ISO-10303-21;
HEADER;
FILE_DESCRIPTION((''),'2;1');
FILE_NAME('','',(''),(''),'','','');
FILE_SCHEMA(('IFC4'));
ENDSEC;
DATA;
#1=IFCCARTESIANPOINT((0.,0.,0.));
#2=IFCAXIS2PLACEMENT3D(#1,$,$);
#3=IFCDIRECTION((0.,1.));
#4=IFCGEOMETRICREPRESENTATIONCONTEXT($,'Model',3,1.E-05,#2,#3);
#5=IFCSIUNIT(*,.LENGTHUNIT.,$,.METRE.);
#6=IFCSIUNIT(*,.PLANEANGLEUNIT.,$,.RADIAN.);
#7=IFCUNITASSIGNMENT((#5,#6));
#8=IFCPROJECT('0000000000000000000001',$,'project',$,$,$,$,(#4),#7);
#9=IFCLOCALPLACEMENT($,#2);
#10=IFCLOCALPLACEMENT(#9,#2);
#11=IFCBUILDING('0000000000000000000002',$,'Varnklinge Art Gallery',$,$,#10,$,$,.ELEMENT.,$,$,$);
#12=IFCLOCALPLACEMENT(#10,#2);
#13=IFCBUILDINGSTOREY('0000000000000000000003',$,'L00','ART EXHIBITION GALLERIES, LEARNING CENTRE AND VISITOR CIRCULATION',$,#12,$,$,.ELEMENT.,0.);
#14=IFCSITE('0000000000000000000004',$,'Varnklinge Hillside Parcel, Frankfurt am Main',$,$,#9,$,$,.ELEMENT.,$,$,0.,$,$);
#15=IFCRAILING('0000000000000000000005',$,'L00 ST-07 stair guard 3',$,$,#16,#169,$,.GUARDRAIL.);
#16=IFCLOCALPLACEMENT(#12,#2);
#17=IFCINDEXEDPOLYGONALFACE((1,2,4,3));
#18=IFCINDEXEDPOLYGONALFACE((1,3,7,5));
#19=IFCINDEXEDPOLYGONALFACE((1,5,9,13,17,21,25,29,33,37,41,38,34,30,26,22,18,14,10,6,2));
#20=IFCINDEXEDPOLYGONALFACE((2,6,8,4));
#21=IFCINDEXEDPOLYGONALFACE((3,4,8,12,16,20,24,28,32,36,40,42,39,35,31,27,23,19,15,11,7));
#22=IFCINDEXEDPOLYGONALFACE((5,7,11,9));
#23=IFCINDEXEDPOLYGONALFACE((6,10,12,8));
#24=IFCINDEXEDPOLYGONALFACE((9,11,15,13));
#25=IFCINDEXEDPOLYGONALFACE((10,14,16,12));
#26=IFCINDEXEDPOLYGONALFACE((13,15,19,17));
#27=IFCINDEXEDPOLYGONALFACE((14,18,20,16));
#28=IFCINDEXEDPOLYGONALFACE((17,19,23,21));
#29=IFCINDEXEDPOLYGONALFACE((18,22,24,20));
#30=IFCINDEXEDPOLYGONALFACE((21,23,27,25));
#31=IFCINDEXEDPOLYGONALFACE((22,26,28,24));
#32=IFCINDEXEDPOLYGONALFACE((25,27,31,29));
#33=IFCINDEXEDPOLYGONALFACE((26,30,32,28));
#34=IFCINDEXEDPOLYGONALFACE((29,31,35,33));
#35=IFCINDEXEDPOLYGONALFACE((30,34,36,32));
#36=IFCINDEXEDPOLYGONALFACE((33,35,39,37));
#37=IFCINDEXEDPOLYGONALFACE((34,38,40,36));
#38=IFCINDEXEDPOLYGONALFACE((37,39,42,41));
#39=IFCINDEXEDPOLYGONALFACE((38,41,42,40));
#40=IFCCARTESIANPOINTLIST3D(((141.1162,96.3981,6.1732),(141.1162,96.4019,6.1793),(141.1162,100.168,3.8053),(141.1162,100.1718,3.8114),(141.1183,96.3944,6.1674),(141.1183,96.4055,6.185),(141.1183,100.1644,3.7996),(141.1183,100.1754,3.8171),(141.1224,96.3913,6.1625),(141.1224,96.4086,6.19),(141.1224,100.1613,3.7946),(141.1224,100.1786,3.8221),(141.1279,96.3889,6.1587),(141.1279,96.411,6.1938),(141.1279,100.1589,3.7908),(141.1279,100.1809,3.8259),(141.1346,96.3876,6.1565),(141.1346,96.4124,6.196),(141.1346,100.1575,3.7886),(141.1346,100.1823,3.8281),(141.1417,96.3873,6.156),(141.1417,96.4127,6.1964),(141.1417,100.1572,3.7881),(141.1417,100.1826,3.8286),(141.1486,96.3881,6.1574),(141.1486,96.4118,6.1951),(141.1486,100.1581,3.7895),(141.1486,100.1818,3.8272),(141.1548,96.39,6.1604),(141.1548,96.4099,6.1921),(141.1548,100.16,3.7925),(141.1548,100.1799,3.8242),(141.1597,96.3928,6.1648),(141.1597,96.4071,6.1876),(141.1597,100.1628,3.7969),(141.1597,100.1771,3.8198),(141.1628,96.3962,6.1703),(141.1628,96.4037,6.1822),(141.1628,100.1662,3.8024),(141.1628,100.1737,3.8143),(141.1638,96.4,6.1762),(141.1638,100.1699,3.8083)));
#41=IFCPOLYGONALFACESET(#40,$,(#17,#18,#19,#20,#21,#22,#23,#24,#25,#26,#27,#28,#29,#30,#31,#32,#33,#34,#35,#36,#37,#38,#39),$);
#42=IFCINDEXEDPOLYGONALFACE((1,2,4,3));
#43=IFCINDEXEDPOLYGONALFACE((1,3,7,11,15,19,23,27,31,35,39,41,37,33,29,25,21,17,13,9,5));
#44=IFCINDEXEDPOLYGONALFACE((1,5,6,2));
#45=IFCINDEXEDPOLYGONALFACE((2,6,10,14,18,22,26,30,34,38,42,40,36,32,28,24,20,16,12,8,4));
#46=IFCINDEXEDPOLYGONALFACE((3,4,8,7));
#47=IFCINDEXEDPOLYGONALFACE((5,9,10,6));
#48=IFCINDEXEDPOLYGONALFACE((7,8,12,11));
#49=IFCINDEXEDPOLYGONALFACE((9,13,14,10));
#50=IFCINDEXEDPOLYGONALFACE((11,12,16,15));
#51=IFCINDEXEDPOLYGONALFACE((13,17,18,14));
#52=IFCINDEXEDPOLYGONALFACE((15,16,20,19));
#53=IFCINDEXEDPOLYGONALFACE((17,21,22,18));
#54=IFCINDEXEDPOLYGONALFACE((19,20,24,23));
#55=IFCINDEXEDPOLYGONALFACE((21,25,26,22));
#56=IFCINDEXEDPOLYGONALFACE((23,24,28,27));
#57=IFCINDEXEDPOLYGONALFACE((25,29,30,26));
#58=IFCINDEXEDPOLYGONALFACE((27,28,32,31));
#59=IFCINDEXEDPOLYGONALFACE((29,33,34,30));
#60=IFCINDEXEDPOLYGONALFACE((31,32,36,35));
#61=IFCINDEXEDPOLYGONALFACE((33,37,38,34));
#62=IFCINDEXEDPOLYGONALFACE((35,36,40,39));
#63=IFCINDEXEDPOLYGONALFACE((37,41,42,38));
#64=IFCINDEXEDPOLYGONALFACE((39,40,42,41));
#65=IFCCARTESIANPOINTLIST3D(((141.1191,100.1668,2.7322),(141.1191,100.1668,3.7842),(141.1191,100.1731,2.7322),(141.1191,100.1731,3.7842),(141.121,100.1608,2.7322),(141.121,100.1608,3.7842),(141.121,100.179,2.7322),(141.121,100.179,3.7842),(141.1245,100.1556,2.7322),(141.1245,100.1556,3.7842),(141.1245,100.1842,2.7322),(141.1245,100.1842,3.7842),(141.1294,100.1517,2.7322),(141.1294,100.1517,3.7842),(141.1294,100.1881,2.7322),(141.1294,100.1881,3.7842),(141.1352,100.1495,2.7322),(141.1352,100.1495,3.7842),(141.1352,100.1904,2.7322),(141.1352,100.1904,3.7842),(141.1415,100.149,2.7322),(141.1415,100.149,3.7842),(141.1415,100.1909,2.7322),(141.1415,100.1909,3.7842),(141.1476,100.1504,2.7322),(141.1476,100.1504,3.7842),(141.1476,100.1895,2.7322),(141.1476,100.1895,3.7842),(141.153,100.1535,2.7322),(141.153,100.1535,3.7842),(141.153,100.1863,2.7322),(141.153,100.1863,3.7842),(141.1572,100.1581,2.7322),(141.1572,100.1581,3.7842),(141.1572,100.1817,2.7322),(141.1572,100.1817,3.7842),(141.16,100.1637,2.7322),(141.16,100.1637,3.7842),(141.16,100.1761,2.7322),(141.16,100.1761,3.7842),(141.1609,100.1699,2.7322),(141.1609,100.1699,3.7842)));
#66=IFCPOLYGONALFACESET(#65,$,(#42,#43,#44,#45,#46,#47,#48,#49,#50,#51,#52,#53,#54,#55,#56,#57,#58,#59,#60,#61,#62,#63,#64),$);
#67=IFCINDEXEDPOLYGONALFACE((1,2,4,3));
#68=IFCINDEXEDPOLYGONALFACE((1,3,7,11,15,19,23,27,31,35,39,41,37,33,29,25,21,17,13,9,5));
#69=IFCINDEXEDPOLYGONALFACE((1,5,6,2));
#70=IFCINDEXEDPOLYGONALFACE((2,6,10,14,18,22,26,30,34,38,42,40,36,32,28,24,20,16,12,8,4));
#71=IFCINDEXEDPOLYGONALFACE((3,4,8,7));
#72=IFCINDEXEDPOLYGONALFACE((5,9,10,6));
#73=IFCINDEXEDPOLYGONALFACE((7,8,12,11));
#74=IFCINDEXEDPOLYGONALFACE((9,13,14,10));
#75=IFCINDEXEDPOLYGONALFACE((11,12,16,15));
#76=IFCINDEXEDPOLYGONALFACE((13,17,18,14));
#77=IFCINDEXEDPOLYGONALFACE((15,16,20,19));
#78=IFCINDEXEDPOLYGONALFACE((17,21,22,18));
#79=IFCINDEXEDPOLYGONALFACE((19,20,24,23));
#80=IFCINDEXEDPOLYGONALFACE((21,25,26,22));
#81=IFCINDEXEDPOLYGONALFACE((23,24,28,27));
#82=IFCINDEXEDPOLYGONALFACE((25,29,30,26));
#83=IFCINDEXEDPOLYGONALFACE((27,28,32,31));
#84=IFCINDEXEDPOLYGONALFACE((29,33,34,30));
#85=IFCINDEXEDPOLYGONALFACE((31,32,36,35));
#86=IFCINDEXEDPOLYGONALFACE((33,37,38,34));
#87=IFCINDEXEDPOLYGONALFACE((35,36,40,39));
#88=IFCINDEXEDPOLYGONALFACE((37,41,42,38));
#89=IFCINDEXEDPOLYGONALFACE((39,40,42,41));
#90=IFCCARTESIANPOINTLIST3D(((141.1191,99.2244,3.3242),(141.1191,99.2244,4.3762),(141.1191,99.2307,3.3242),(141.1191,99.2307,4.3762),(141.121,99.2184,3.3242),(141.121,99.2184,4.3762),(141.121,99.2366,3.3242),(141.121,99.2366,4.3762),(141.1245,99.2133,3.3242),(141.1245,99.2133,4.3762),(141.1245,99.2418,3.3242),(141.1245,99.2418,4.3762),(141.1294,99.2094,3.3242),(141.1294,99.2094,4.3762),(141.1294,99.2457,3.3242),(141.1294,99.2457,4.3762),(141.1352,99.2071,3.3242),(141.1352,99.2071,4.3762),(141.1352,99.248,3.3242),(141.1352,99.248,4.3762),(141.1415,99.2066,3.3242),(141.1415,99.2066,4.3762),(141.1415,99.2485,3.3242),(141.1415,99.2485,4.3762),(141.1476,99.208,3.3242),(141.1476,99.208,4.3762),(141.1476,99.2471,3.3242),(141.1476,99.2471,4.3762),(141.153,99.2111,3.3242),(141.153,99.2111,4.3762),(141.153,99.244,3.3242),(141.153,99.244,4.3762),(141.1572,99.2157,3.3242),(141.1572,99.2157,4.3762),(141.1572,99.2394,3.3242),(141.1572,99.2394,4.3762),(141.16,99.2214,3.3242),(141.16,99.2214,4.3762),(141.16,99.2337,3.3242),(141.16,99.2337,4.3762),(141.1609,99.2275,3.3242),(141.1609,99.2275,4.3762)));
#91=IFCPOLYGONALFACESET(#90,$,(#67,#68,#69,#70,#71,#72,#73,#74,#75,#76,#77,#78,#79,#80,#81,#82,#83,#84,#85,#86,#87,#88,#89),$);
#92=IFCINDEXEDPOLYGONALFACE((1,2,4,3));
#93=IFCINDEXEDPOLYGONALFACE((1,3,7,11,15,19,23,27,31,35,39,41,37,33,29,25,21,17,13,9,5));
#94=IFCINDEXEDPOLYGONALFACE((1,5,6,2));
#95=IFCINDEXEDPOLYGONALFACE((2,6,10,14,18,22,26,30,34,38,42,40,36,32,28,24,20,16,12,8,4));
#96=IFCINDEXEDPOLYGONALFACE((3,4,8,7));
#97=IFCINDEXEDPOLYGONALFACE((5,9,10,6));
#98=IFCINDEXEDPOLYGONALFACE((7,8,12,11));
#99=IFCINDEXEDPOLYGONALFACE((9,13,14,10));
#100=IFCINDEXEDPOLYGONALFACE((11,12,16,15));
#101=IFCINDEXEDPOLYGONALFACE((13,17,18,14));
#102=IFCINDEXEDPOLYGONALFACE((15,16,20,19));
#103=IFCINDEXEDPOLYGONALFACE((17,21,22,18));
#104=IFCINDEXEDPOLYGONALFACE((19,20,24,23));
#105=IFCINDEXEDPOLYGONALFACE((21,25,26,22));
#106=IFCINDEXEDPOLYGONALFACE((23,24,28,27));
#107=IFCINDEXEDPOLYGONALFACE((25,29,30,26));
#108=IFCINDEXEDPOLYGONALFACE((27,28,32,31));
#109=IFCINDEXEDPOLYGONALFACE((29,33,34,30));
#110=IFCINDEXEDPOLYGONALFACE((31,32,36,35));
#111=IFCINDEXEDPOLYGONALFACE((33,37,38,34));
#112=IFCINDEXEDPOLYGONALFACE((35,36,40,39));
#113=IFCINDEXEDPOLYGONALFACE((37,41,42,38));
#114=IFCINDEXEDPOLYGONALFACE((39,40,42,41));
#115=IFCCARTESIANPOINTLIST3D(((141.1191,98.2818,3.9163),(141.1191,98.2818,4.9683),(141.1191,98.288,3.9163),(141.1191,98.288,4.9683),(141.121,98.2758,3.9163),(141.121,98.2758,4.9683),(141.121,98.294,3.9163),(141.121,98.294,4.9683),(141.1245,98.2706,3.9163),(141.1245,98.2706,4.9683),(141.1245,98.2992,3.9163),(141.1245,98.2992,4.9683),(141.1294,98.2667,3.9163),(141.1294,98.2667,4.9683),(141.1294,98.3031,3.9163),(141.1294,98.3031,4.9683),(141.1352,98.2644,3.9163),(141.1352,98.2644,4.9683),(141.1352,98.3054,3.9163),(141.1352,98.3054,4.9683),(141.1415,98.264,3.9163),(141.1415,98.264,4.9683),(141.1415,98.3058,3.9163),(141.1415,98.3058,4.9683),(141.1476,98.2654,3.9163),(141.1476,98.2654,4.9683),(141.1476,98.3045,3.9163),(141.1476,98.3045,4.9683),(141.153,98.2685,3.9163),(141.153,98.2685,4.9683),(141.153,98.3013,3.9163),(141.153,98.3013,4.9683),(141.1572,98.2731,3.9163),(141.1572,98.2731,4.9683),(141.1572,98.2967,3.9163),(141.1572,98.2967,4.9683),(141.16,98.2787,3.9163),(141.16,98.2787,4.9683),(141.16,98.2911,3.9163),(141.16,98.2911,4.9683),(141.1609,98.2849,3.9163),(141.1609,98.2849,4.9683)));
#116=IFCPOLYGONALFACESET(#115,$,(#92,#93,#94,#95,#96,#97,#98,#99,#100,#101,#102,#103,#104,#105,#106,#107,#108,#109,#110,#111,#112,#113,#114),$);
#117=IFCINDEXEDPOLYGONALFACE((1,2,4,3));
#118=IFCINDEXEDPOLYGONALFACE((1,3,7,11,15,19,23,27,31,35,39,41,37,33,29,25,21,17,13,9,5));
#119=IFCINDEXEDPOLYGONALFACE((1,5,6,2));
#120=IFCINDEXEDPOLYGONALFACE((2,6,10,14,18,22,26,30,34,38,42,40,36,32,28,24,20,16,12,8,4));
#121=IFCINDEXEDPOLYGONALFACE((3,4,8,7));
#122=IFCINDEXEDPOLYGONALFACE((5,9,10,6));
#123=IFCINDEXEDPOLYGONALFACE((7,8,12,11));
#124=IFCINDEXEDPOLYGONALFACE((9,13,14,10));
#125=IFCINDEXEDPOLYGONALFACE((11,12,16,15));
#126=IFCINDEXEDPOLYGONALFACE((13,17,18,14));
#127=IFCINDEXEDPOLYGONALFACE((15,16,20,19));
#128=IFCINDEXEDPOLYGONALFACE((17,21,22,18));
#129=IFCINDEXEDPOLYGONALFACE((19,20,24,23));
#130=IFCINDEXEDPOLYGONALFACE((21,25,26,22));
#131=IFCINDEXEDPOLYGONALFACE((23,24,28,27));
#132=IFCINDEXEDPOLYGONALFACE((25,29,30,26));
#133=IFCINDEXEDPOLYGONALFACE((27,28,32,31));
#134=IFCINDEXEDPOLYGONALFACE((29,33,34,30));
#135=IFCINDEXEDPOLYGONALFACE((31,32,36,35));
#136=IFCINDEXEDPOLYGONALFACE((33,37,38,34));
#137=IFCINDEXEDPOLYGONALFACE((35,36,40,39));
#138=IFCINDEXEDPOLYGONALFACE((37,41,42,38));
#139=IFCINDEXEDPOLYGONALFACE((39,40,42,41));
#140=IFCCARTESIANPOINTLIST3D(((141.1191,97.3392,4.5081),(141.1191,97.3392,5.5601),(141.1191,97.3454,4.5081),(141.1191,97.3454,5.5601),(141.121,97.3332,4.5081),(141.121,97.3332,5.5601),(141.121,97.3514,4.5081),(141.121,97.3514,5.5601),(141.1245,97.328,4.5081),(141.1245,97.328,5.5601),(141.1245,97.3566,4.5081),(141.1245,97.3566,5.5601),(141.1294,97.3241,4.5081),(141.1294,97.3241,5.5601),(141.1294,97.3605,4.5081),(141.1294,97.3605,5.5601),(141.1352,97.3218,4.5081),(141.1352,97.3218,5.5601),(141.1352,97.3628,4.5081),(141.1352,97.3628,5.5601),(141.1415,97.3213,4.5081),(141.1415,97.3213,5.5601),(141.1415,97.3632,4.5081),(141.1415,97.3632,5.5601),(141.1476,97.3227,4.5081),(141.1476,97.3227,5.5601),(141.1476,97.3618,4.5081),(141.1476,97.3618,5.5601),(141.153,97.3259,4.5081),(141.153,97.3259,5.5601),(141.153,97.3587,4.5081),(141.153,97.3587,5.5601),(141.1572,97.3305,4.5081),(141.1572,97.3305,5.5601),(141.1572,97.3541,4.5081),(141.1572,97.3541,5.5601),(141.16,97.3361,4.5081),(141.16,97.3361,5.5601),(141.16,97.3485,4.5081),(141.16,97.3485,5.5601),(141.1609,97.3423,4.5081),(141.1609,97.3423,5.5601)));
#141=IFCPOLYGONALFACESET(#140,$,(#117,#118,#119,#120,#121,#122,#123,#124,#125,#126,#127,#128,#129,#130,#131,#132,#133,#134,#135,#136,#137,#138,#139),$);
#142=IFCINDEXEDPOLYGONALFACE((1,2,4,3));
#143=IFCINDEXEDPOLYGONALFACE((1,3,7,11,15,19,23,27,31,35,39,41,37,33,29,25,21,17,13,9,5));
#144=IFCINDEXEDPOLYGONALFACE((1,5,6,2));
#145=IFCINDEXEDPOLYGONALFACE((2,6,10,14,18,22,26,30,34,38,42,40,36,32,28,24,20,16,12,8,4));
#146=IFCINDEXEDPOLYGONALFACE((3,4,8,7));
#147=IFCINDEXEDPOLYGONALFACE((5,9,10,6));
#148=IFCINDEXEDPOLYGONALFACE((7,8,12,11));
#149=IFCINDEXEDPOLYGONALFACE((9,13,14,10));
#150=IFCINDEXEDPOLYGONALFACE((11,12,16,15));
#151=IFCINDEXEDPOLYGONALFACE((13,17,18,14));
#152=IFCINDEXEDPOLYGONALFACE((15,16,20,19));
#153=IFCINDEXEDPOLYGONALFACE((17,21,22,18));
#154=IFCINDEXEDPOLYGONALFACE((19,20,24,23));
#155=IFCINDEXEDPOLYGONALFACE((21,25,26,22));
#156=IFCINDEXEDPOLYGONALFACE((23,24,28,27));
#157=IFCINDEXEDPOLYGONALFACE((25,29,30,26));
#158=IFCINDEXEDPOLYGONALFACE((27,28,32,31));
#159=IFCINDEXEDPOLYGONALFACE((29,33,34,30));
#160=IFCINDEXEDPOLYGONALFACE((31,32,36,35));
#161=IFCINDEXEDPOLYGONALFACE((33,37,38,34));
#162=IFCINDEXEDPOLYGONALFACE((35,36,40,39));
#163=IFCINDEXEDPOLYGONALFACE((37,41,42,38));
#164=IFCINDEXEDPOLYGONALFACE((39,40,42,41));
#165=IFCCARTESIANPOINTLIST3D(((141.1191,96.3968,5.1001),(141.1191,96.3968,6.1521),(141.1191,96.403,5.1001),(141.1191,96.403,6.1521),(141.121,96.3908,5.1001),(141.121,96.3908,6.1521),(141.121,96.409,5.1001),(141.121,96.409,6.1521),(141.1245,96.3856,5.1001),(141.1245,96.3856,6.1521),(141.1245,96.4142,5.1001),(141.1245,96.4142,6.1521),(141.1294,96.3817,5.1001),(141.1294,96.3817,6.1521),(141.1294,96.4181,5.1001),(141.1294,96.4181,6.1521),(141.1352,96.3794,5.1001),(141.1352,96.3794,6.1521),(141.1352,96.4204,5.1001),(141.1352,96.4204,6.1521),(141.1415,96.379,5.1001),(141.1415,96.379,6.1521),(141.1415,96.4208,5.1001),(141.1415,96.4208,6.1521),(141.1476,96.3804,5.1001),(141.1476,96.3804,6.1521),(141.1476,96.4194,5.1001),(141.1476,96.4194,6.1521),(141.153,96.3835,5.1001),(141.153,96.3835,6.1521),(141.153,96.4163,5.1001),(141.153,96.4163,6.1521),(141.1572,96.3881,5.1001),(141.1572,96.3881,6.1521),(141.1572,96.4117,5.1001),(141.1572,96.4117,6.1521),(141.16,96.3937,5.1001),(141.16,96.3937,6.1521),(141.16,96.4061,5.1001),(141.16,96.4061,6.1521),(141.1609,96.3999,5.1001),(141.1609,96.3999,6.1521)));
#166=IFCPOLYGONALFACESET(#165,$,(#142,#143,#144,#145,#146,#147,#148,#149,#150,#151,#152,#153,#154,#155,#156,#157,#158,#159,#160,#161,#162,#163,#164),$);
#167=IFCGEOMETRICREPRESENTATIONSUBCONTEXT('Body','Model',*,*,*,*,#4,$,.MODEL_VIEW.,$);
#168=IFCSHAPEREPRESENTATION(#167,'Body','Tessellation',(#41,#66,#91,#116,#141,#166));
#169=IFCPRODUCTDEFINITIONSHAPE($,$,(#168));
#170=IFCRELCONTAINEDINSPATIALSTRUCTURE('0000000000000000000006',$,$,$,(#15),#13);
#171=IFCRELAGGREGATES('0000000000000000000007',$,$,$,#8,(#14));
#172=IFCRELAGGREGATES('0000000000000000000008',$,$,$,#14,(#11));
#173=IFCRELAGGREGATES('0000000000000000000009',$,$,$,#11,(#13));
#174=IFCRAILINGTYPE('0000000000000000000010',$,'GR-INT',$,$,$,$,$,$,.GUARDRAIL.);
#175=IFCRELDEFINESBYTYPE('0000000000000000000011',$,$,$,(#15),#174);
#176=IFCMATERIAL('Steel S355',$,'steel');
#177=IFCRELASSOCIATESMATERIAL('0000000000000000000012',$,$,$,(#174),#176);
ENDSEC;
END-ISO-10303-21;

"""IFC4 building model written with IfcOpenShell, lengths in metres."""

from ifc_helpers import new_model, si_unit, direction, frame, origin, origin_2d, place, context, subcontext, project, spatial, circle, extrude, material, type_object, element, save


model = new_model("IFC4")

# Units and contexts
model_context = context("Model", 3, precision=1e-05, world=origin(), true_north=direction((0.0, 1.0)))
body_context = subcontext(model_context, "Body", "Model", "MODEL_VIEW")
ifc_project = project(units=[si_unit("LENGTHUNIT", "METRE"), si_unit("PLANEANGLEUNIT", "RADIAN")], contexts=[model_context])

# Site, building, storey
site_placement = place(None, origin())
site = spatial("IfcSite", under=ifc_project, at=site_placement, Name="Varnklinge Hillside Parcel, Frankfurt am Main", CompositionType="ELEMENT", RefElevation=0.0)
building_placement = place(site_placement, origin())
building = spatial("IfcBuilding", under=site, at=building_placement, Name="Varnklinge Art Gallery", CompositionType="ELEMENT")
storey_placement = place(building_placement, origin())
storey = spatial("IfcBuildingStorey", under=building, at=storey_placement, Name="L00", Description="ART EXHIBITION GALLERIES, LEARNING CENTRE AND VISITOR CIRCULATION", CompositionType="ELEMENT", Elevation=0.0)

# Railing
ifc_material_1 = material(Name="Steel S355", Category="steel")
railing_type = type_object("IfcRailingType", Name="GR-INT", PredefinedType="GUARDRAIL", material=ifc_material_1)
railing_1_placement = place(storey_placement, frame((141.1399, 100.1699, 2.7322)))
element("IfcRailing", 1, at=railing_1_placement, inside=storey, type_object=railing_type, Name="L00 ST-07 stair guard 3", PredefinedType="GUARDRAIL", context=body_context, shape_type="SweptSolid", body=[
    extrude(circle(Radius=0.0239, at=origin_2d()), frame((0.0, 0.0, 1.0762), z_axis=(0.0, -0.846819, 0.531881), x_axis=(1.0, 0.0, 0.0)), (0.0, 0.0, 1.0), 4.4519),
    extrude(circle(Radius=0.021, at=origin_2d()), origin(), (0.0, 0.0, 1.0), 1.052),
    extrude(circle(Radius=0.021, at=origin_2d()), frame((0.0, -0.9424, 0.592)), (0.0, 0.0, 1.0), 1.052),
    extrude(circle(Radius=0.021, at=origin_2d()), frame((0.0, -1.885, 1.1841)), (0.0, 0.0, 1.0), 1.052),
    extrude(circle(Radius=0.021, at=origin_2d()), frame((0.0, -2.8276, 1.7759)), (0.0, 0.0, 1.0), 1.052),
    extrude(circle(Radius=0.021, at=origin_2d()), frame((0.0, -3.77, 2.3679)), (0.0, 0.0, 1.0), 1.052),
])

save(model, "model.ifc")
